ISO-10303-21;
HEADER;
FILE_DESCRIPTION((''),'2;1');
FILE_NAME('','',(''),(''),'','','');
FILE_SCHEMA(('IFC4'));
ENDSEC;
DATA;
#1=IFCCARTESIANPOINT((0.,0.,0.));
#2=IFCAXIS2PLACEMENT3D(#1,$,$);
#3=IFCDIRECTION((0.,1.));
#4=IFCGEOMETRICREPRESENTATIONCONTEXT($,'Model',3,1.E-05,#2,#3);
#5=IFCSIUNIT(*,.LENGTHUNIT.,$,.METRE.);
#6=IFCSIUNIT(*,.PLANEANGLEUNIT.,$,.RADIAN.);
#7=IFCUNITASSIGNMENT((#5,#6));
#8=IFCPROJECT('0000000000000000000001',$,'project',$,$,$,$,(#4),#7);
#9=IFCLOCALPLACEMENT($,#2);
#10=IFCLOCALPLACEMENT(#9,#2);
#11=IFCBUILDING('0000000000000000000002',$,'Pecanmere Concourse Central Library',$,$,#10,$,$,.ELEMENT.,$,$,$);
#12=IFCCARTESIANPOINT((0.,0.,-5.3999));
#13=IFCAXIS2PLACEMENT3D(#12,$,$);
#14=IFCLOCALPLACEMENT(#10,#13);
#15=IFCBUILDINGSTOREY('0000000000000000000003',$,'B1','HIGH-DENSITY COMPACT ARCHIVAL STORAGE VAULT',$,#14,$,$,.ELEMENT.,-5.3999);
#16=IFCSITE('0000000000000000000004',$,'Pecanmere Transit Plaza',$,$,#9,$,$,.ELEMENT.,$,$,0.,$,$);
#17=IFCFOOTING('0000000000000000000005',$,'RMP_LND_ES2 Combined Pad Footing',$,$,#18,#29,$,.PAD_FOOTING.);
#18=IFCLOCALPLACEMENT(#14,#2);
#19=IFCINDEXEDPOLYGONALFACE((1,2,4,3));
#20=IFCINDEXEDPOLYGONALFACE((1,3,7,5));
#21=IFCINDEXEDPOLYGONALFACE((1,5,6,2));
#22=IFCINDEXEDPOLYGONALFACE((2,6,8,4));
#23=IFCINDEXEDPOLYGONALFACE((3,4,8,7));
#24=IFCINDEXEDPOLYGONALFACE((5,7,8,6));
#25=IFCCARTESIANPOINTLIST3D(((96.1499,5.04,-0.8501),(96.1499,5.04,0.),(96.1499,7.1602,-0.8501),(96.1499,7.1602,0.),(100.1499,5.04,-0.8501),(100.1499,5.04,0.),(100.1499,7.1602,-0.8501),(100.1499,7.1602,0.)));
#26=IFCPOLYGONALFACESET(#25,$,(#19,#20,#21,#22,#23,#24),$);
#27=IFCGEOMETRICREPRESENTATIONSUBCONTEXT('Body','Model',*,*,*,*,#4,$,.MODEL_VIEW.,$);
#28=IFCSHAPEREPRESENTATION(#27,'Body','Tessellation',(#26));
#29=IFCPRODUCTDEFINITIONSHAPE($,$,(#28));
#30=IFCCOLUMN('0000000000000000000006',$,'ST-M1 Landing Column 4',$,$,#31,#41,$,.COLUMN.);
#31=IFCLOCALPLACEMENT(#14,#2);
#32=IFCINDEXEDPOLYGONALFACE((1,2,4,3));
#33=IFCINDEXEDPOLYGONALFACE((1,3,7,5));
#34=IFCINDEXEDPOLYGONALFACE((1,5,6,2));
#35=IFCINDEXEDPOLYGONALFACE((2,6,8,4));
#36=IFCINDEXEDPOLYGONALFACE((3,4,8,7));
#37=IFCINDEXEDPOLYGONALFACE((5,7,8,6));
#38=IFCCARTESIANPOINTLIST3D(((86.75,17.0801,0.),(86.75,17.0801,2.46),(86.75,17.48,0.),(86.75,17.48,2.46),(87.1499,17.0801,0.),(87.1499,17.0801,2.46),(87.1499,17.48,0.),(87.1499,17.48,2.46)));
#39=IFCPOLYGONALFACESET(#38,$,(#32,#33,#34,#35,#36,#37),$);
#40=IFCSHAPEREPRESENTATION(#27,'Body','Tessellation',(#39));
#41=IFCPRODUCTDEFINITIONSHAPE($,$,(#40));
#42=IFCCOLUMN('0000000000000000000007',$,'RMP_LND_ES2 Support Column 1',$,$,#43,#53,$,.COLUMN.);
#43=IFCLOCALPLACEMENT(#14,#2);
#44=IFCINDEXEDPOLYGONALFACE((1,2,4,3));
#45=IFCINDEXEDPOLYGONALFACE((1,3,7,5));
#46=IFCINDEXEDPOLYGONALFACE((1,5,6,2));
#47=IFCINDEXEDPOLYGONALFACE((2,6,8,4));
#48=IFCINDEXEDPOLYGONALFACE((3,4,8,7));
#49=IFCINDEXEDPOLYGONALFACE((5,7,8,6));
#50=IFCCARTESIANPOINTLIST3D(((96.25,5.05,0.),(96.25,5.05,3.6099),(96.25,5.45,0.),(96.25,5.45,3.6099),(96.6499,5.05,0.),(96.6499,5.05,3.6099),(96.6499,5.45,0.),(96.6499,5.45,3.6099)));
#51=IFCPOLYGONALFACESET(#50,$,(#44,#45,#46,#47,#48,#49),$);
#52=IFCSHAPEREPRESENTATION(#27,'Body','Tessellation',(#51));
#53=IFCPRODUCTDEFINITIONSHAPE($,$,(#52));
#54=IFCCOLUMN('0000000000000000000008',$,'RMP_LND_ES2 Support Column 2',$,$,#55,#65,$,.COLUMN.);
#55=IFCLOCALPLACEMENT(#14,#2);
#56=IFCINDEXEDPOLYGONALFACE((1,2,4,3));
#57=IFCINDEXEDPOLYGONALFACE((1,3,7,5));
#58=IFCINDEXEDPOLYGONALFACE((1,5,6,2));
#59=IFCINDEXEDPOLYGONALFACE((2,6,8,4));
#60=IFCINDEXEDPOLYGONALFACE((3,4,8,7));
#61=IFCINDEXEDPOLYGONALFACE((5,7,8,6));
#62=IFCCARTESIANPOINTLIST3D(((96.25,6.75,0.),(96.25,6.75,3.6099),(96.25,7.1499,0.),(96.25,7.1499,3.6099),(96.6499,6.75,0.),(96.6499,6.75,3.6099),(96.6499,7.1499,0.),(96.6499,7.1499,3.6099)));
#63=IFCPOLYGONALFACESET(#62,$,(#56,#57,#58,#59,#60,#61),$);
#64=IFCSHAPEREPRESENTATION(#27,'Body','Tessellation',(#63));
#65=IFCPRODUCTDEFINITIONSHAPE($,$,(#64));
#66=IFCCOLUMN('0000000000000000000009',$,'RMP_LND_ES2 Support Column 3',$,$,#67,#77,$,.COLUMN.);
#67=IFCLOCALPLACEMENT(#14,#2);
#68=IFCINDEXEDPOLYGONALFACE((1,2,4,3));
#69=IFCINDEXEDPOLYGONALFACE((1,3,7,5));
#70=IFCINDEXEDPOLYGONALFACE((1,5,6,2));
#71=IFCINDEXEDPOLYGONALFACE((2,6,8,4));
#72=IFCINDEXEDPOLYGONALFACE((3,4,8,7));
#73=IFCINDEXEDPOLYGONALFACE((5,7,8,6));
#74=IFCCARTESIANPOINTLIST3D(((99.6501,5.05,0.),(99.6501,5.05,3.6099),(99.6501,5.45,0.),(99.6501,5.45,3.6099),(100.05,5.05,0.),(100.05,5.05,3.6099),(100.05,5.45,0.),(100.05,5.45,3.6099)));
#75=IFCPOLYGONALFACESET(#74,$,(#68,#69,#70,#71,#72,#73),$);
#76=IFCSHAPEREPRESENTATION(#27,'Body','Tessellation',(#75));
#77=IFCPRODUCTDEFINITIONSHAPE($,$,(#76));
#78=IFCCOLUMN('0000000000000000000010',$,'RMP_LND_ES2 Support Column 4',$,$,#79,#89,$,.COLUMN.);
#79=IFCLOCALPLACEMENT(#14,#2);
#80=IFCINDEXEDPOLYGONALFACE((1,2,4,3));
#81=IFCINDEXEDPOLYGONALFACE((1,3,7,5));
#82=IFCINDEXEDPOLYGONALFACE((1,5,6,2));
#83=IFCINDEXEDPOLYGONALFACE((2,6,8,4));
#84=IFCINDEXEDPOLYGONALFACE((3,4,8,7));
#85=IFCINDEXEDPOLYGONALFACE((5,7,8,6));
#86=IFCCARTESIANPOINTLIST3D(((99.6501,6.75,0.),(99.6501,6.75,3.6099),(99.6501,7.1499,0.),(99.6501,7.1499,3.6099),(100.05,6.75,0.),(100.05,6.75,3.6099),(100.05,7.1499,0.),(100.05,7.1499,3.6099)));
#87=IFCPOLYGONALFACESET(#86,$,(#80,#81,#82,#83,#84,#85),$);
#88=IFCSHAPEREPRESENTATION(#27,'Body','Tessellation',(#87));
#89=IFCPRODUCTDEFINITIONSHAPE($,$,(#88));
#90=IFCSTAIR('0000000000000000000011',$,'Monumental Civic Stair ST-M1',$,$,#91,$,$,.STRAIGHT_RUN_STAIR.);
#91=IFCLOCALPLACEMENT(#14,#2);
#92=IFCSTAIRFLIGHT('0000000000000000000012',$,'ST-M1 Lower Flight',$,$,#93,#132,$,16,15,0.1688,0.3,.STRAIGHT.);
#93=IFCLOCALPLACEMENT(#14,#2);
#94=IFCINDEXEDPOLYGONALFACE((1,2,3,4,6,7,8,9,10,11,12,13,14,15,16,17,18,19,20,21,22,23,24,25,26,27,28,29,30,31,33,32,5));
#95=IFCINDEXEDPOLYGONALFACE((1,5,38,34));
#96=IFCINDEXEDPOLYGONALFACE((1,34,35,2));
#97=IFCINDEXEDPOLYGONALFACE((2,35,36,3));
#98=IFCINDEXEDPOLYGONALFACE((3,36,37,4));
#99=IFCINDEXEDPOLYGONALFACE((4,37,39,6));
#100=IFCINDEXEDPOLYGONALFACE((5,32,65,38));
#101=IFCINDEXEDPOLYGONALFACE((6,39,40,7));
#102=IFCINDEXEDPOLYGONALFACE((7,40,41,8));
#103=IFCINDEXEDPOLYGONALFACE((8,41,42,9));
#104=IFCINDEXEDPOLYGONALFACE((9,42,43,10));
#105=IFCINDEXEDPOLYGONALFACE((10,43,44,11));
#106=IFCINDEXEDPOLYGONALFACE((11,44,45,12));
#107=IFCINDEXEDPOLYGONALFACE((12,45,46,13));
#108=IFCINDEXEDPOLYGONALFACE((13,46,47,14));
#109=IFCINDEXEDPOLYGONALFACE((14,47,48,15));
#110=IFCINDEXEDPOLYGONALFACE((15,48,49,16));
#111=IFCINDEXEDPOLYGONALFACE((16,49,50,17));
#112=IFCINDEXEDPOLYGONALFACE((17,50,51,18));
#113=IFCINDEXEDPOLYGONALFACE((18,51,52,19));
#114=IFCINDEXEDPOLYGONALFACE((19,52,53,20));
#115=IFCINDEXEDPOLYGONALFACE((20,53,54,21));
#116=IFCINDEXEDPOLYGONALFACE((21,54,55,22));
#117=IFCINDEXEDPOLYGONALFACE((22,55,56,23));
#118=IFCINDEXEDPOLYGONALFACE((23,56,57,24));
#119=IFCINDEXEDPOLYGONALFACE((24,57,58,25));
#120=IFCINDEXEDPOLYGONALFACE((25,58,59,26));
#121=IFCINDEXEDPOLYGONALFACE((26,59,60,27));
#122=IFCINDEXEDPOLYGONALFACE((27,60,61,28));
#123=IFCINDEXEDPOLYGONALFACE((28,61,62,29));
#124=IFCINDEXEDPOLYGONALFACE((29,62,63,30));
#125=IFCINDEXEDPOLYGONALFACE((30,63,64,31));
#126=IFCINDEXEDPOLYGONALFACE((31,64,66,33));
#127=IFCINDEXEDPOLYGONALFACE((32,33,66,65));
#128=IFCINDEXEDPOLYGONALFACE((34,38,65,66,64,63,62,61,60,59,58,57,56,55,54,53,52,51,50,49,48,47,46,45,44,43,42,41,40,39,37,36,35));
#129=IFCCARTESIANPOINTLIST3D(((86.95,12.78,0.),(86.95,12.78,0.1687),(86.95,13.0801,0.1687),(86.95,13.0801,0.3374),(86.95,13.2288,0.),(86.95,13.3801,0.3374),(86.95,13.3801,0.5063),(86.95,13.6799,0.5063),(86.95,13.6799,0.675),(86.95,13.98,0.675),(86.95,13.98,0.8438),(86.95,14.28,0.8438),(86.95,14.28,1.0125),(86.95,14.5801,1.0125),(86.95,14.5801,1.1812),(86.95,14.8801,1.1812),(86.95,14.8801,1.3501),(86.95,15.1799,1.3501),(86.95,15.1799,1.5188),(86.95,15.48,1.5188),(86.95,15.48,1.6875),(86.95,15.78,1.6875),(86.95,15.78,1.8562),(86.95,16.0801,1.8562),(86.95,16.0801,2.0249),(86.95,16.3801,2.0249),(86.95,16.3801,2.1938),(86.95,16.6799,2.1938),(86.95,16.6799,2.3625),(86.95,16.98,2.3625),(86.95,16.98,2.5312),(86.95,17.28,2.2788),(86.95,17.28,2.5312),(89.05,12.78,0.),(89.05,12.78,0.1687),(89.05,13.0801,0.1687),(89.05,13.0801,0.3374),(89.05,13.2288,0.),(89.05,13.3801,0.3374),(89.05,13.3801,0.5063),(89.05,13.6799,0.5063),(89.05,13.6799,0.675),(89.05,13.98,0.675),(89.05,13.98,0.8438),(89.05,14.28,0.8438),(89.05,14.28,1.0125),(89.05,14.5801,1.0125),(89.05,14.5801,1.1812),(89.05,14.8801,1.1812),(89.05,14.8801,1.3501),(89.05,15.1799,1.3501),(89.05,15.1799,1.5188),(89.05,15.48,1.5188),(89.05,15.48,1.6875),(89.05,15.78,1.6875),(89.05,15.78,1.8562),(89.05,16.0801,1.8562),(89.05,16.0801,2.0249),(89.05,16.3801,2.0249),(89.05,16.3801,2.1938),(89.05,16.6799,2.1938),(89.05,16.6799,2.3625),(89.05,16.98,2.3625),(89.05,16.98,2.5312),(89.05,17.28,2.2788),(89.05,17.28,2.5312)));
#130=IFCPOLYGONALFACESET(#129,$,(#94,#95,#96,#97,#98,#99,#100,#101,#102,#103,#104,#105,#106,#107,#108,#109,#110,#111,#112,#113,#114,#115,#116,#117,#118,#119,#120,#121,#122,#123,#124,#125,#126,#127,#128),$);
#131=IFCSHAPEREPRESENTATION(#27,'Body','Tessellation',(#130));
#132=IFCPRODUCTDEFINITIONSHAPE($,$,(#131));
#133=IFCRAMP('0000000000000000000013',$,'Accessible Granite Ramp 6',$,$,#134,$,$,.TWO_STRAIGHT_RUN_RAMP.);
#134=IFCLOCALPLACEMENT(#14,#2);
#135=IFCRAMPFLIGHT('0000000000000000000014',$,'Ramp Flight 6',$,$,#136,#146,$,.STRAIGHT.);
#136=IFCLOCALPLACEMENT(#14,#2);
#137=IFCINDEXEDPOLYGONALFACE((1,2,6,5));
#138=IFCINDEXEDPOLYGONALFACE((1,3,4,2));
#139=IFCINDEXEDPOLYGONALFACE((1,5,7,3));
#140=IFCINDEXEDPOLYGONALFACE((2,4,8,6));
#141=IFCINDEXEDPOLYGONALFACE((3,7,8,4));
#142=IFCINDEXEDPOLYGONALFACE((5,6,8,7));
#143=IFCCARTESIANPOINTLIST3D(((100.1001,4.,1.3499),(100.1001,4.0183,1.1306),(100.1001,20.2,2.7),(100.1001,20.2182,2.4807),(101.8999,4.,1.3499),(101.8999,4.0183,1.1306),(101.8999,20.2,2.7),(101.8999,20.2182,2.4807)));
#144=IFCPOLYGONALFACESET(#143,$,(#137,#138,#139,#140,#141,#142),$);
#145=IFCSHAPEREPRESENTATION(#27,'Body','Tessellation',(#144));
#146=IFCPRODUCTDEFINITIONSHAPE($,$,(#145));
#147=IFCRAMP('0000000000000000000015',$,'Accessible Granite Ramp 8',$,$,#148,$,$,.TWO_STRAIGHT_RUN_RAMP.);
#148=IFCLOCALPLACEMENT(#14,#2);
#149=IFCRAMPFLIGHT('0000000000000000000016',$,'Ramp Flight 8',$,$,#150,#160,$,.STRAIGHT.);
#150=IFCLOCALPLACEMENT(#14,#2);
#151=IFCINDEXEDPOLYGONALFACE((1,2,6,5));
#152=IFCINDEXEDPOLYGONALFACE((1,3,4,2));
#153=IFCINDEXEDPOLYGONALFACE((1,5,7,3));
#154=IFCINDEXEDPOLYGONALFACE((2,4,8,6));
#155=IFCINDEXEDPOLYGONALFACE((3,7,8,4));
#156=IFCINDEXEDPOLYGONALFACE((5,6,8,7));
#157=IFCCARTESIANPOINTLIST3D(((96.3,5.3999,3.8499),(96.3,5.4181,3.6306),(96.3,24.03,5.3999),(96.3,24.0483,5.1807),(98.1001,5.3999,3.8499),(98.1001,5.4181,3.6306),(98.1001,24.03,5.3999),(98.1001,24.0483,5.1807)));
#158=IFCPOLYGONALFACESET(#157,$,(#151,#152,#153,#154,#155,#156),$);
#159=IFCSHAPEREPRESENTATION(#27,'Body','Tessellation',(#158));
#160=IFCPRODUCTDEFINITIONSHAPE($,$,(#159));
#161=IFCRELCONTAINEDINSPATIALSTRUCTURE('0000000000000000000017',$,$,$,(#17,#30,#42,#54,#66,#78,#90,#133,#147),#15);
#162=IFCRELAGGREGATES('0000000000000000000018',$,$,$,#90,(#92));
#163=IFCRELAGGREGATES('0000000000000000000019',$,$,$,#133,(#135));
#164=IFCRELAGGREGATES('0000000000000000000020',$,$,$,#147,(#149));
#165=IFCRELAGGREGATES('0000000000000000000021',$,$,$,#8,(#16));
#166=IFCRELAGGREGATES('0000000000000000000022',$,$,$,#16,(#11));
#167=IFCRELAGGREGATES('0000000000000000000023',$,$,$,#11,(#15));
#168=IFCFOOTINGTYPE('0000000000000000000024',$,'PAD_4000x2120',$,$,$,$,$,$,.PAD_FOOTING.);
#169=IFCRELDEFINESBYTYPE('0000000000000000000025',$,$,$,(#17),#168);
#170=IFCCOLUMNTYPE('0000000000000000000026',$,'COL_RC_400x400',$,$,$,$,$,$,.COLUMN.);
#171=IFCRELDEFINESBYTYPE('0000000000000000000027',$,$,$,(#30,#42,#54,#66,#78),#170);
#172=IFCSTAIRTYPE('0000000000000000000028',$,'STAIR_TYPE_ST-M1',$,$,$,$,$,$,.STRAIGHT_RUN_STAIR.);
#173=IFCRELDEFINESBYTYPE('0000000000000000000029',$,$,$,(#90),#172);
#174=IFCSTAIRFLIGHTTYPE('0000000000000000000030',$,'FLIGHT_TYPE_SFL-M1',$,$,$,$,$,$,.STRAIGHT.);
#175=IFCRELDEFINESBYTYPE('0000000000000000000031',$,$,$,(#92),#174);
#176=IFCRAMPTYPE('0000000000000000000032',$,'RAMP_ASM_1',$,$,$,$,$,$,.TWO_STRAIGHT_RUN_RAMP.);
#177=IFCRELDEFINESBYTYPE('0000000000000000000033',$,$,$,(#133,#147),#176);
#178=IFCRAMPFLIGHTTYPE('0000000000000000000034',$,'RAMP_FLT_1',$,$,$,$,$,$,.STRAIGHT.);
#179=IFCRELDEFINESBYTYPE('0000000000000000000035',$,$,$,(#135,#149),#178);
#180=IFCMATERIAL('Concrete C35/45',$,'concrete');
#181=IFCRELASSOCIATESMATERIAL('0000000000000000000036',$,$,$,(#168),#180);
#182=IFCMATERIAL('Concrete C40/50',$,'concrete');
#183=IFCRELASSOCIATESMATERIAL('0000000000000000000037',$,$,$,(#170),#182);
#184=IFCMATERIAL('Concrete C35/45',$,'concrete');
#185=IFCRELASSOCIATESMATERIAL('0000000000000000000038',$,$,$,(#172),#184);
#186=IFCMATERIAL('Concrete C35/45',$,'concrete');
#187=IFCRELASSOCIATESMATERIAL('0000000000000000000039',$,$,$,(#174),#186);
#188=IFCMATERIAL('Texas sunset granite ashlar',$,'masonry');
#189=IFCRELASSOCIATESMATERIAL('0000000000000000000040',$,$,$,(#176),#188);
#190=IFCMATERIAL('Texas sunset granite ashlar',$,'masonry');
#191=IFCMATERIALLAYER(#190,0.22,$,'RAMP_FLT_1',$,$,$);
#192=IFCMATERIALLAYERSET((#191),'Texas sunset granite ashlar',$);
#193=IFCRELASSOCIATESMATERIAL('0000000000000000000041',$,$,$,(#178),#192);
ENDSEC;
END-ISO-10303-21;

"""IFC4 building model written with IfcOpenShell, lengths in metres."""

from ifc_helpers import new_model, si_unit, direction, frame, origin, origin_2d, place, context, subcontext, project, spatial, polyline, rectangle, outline, extrude, material, layer, layer_set, material_profile, profile_set, type_object, element, aggregate, save


model = new_model("IFC4")

# Units and contexts
model_context = context("Model", 3, precision=1e-05, world=origin(), true_north=direction((0.0, 1.0)))
body_context = subcontext(model_context, "Body", "Model", "MODEL_VIEW")
ifc_project = project(units=[si_unit("LENGTHUNIT", "METRE"), si_unit("PLANEANGLEUNIT", "RADIAN")], contexts=[model_context])

# Site, building, storey
site_placement = place(None, origin())
site = spatial("IfcSite", under=ifc_project, at=site_placement, Name="Pecanmere Transit Plaza", CompositionType="ELEMENT", RefElevation=0.0)
building_placement = place(site_placement, origin())
building = spatial("IfcBuilding", under=site, at=building_placement, Name="Pecanmere Concourse Central Library", CompositionType="ELEMENT")
storey_placement = place(building_placement, frame((0.0, 0.0, -5.3999)))
storey = spatial("IfcBuildingStorey", under=building, at=storey_placement, Name="B1", Description="HIGH-DENSITY COMPACT ARCHIVAL STORAGE VAULT", CompositionType="ELEMENT", Elevation=-5.3999)

# Footing
ifc_material_1 = material(Name="Concrete C35/45", Category="concrete")
footing_type = type_object("IfcFootingType", Name="PAD_4000x2120", PredefinedType="PAD_FOOTING", material=ifc_material_1)
footing_placement = place(storey_placement, frame((98.1499, 6.1001, -0.8501), z_axis=(0.0, 0.0, 1.0), x_axis=(1.0, 0.0, 0.0)))
element("IfcFooting", 1, at=footing_placement, inside=storey, type_object=footing_type, Name="RMP_LND_ES2 Combined Pad Footing", PredefinedType="PAD_FOOTING", context=body_context, shape_type="SweptSolid", body=[
    extrude(rectangle(XDim=4.0, YDim=2.1201, at=origin_2d()), origin(), (0.0, 0.0, 1.0), 0.8501),
])

# Columns
ifc_material_2 = material(Name="Concrete C40/50", Category="concrete")
ifc_material_profile = material_profile(ifc_material_2, rectangle(XDim=0.3999, YDim=0.3999, at=origin_2d()), Name="RC 400x400")
ifc_profile_set = profile_set([ifc_material_profile], Name="Concrete C40/50")
column_type = type_object("IfcColumnType", Name="COL_RC_400x400", PredefinedType="COLUMN", material=ifc_profile_set)
column_placement = place(storey_placement, frame((86.95, 17.28, 0.0), z_axis=(0.0, 0.0, 1.0), x_axis=(1.0, 0.0, 0.0)))
element("IfcColumn", 2, at=column_placement, inside=storey, type_object=column_type, Name="ST-M1 Landing Column 4", PredefinedType="COLUMN", context=body_context, shape_type="SweptSolid", body=[
    extrude(rectangle(XDim=0.3999, YDim=0.3999, at=origin_2d()), origin(), (0.0, 0.0, 1.0), 2.46),
])
for number, where, z_axis, x_axis, name in (
    (3, (96.45, 5.25, 0.0), (0.0, 0.0, 1.0), (1.0, 0.0, 0.0), "RMP_LND_ES2 Support Column 1"),
    (4, (96.45, 6.95, 0.0), (0.0, 0.0, 1.0), (1.0, 0.0, 0.0), "RMP_LND_ES2 Support Column 2"),
    (5, (99.8501, 5.25, 0.0), (0.0, 0.0, 1.0), (1.0, 0.0, 0.0), "RMP_LND_ES2 Support Column 3"),
    (6, (99.8501, 6.95, 0.0), (0.0, 0.0, 1.0), (1.0, 0.0, 0.0), "RMP_LND_ES2 Support Column 4"),
):
    element("IfcColumn", number, at=place(storey_placement, frame(where, z_axis=z_axis, x_axis=x_axis)), inside=storey, type_object=column_type, Name=name, PredefinedType="COLUMN", context=body_context, shape_type="SweptSolid", body=[
        extrude(rectangle(XDim=0.3999, YDim=0.3999, at=origin_2d()), origin(), (0.0, 0.0, 1.0), 3.6099),
    ])

# Stair, stair flight
ifc_material_3 = material(Name="Concrete C35/45", Category="concrete")
stair_type = type_object("IfcStairType", Name="STAIR_TYPE_ST-M1", PredefinedType="STRAIGHT_RUN_STAIR", material=ifc_material_3)
stair_placement = place(storey_placement, origin())
stair = element("IfcStair", 7, at=stair_placement, inside=storey, type_object=stair_type, Name="Monumental Civic Stair ST-M1", PredefinedType="STRAIGHT_RUN_STAIR")
ifc_material_4 = material(Name="Concrete C35/45", Category="concrete")
stair_flight_type = type_object("IfcStairFlightType", Name="FLIGHT_TYPE_SFL-M1", PredefinedType="STRAIGHT", material=ifc_material_4)
stair_flight_placement = place(storey_placement, frame((88.0, 12.78, 0.0), z_axis=(0.0, 0.0, 1.0), x_axis=(0.0, 1.0, 0.0)))
stair_flight = element("IfcStairFlight", 8, at=stair_flight_placement, type_object=stair_flight_type, Name="ST-M1 Lower Flight", NumberOfRisers=16, NumberOfTreads=15, PredefinedType="STRAIGHT", RiserHeight=0.1688, TreadLength=0.3, context=body_context, shape_type="SweptSolid", body=[
    extrude(outline(polyline([(0.0, 0.0), (0.0, 0.1687), (0.3, 0.1687), (0.3, 0.3374), (0.6001, 0.3374), (0.6001, 0.5063), (0.8999, 0.5063), (0.8999, 0.675), (1.2, 0.675), (1.2, 0.8438), (1.5, 0.8438), (1.5, 1.0125), (1.8, 1.0125), (1.8, 1.1812), (2.1001, 1.1812), (2.1001, 1.3501), (2.3999, 1.3501), (2.3999, 1.5188), (2.7, 1.5188), (2.7, 1.6875), (3.0, 1.6875), (3.0, 1.8562), (3.3, 1.8562), (3.3, 2.0249), (3.6001, 2.0249), (3.6001, 2.1938), (3.8999, 2.1938), (3.8999, 2.3625), (4.2, 2.3625), (4.2, 2.5312), (4.5, 2.5312), (4.5, 2.7), (4.5, 2.2788), (0.4487, 0.0), (0.0, 0.0)])), frame((0.0, 1.05, 0.0), z_axis=(0.0, -1.0, 0.0), x_axis=(1.0, 0.0, 0.0)), (0.0, 0.0, 1.0), 2.1001),
])
aggregate(stair, [stair_flight])

# Ramps, ramp flights
ifc_material_5 = material(Name="Texas sunset granite ashlar", Category="masonry")
ramp_type = type_object("IfcRampType", Name="RAMP_ASM_1", PredefinedType="TWO_STRAIGHT_RUN_RAMP", material=ifc_material_5)
ramp_1_placement = place(storey_placement, origin())
ramp_1 = element("IfcRamp", 9, at=ramp_1_placement, inside=storey, type_object=ramp_type, Name="Accessible Granite Ramp 6", PredefinedType="TWO_STRAIGHT_RUN_RAMP")
ifc_material_6 = material(Name="Texas sunset granite ashlar", Category="masonry")
ifc_layer = layer(ifc_material_6, 0.22, Name="RAMP_FLT_1")
ifc_layer_set = layer_set([ifc_layer], Name="Texas sunset granite ashlar")
ramp_flight_type = type_object("IfcRampFlightType", Name="RAMP_FLT_1", PredefinedType="STRAIGHT", material=ifc_layer_set)
ramp_flight_1_placement = place(storey_placement, frame((100.1001, 4.0, 1.3499), z_axis=(0.0, -0.083052, 0.996545), x_axis=(1.0, 0.0, 0.0)))
ramp_flight_1 = element("IfcRampFlight", 10, at=ramp_flight_1_placement, type_object=ramp_flight_type, Name="Ramp Flight 6", PredefinedType="STRAIGHT", context=body_context, shape_type="SweptSolid", body=[
    extrude(outline(polyline([(0.0, 0.0), (1.7998, 0.0), (1.7998, 16.2561), (0.0, 16.2561), (0.0, 0.0)])), origin(), (0.0, 0.0, -1.0), 0.22),
])
aggregate(ramp_1, [ramp_flight_1])
ramp_2_placement = place(storey_placement, origin())
ramp_2 = element("IfcRamp", 11, at=ramp_2_placement, inside=storey, type_object=ramp_type, Name="Accessible Granite Ramp 8", PredefinedType="TWO_STRAIGHT_RUN_RAMP")
ramp_flight_2_placement = place(storey_placement, frame((96.3, 5.3999, 3.8499), z_axis=(0.0, -0.082915, 0.996557), x_axis=(1.0, 0.0, 0.0)))
ramp_flight_2 = element("IfcRampFlight", 12, at=ramp_flight_2_placement, type_object=ramp_flight_type, Name="Ramp Flight 8", PredefinedType="STRAIGHT", context=body_context, shape_type="SweptSolid", body=[
    extrude(outline(polyline([(0.0, 0.0), (1.8, 0.0), (1.8, 18.6945), (0.0, 18.6945), (0.0, 0.0)])), origin(), (0.0, 0.0, -1.0), 0.22),
])
aggregate(ramp_2, [ramp_flight_2])

save(model, "model.ifc")
